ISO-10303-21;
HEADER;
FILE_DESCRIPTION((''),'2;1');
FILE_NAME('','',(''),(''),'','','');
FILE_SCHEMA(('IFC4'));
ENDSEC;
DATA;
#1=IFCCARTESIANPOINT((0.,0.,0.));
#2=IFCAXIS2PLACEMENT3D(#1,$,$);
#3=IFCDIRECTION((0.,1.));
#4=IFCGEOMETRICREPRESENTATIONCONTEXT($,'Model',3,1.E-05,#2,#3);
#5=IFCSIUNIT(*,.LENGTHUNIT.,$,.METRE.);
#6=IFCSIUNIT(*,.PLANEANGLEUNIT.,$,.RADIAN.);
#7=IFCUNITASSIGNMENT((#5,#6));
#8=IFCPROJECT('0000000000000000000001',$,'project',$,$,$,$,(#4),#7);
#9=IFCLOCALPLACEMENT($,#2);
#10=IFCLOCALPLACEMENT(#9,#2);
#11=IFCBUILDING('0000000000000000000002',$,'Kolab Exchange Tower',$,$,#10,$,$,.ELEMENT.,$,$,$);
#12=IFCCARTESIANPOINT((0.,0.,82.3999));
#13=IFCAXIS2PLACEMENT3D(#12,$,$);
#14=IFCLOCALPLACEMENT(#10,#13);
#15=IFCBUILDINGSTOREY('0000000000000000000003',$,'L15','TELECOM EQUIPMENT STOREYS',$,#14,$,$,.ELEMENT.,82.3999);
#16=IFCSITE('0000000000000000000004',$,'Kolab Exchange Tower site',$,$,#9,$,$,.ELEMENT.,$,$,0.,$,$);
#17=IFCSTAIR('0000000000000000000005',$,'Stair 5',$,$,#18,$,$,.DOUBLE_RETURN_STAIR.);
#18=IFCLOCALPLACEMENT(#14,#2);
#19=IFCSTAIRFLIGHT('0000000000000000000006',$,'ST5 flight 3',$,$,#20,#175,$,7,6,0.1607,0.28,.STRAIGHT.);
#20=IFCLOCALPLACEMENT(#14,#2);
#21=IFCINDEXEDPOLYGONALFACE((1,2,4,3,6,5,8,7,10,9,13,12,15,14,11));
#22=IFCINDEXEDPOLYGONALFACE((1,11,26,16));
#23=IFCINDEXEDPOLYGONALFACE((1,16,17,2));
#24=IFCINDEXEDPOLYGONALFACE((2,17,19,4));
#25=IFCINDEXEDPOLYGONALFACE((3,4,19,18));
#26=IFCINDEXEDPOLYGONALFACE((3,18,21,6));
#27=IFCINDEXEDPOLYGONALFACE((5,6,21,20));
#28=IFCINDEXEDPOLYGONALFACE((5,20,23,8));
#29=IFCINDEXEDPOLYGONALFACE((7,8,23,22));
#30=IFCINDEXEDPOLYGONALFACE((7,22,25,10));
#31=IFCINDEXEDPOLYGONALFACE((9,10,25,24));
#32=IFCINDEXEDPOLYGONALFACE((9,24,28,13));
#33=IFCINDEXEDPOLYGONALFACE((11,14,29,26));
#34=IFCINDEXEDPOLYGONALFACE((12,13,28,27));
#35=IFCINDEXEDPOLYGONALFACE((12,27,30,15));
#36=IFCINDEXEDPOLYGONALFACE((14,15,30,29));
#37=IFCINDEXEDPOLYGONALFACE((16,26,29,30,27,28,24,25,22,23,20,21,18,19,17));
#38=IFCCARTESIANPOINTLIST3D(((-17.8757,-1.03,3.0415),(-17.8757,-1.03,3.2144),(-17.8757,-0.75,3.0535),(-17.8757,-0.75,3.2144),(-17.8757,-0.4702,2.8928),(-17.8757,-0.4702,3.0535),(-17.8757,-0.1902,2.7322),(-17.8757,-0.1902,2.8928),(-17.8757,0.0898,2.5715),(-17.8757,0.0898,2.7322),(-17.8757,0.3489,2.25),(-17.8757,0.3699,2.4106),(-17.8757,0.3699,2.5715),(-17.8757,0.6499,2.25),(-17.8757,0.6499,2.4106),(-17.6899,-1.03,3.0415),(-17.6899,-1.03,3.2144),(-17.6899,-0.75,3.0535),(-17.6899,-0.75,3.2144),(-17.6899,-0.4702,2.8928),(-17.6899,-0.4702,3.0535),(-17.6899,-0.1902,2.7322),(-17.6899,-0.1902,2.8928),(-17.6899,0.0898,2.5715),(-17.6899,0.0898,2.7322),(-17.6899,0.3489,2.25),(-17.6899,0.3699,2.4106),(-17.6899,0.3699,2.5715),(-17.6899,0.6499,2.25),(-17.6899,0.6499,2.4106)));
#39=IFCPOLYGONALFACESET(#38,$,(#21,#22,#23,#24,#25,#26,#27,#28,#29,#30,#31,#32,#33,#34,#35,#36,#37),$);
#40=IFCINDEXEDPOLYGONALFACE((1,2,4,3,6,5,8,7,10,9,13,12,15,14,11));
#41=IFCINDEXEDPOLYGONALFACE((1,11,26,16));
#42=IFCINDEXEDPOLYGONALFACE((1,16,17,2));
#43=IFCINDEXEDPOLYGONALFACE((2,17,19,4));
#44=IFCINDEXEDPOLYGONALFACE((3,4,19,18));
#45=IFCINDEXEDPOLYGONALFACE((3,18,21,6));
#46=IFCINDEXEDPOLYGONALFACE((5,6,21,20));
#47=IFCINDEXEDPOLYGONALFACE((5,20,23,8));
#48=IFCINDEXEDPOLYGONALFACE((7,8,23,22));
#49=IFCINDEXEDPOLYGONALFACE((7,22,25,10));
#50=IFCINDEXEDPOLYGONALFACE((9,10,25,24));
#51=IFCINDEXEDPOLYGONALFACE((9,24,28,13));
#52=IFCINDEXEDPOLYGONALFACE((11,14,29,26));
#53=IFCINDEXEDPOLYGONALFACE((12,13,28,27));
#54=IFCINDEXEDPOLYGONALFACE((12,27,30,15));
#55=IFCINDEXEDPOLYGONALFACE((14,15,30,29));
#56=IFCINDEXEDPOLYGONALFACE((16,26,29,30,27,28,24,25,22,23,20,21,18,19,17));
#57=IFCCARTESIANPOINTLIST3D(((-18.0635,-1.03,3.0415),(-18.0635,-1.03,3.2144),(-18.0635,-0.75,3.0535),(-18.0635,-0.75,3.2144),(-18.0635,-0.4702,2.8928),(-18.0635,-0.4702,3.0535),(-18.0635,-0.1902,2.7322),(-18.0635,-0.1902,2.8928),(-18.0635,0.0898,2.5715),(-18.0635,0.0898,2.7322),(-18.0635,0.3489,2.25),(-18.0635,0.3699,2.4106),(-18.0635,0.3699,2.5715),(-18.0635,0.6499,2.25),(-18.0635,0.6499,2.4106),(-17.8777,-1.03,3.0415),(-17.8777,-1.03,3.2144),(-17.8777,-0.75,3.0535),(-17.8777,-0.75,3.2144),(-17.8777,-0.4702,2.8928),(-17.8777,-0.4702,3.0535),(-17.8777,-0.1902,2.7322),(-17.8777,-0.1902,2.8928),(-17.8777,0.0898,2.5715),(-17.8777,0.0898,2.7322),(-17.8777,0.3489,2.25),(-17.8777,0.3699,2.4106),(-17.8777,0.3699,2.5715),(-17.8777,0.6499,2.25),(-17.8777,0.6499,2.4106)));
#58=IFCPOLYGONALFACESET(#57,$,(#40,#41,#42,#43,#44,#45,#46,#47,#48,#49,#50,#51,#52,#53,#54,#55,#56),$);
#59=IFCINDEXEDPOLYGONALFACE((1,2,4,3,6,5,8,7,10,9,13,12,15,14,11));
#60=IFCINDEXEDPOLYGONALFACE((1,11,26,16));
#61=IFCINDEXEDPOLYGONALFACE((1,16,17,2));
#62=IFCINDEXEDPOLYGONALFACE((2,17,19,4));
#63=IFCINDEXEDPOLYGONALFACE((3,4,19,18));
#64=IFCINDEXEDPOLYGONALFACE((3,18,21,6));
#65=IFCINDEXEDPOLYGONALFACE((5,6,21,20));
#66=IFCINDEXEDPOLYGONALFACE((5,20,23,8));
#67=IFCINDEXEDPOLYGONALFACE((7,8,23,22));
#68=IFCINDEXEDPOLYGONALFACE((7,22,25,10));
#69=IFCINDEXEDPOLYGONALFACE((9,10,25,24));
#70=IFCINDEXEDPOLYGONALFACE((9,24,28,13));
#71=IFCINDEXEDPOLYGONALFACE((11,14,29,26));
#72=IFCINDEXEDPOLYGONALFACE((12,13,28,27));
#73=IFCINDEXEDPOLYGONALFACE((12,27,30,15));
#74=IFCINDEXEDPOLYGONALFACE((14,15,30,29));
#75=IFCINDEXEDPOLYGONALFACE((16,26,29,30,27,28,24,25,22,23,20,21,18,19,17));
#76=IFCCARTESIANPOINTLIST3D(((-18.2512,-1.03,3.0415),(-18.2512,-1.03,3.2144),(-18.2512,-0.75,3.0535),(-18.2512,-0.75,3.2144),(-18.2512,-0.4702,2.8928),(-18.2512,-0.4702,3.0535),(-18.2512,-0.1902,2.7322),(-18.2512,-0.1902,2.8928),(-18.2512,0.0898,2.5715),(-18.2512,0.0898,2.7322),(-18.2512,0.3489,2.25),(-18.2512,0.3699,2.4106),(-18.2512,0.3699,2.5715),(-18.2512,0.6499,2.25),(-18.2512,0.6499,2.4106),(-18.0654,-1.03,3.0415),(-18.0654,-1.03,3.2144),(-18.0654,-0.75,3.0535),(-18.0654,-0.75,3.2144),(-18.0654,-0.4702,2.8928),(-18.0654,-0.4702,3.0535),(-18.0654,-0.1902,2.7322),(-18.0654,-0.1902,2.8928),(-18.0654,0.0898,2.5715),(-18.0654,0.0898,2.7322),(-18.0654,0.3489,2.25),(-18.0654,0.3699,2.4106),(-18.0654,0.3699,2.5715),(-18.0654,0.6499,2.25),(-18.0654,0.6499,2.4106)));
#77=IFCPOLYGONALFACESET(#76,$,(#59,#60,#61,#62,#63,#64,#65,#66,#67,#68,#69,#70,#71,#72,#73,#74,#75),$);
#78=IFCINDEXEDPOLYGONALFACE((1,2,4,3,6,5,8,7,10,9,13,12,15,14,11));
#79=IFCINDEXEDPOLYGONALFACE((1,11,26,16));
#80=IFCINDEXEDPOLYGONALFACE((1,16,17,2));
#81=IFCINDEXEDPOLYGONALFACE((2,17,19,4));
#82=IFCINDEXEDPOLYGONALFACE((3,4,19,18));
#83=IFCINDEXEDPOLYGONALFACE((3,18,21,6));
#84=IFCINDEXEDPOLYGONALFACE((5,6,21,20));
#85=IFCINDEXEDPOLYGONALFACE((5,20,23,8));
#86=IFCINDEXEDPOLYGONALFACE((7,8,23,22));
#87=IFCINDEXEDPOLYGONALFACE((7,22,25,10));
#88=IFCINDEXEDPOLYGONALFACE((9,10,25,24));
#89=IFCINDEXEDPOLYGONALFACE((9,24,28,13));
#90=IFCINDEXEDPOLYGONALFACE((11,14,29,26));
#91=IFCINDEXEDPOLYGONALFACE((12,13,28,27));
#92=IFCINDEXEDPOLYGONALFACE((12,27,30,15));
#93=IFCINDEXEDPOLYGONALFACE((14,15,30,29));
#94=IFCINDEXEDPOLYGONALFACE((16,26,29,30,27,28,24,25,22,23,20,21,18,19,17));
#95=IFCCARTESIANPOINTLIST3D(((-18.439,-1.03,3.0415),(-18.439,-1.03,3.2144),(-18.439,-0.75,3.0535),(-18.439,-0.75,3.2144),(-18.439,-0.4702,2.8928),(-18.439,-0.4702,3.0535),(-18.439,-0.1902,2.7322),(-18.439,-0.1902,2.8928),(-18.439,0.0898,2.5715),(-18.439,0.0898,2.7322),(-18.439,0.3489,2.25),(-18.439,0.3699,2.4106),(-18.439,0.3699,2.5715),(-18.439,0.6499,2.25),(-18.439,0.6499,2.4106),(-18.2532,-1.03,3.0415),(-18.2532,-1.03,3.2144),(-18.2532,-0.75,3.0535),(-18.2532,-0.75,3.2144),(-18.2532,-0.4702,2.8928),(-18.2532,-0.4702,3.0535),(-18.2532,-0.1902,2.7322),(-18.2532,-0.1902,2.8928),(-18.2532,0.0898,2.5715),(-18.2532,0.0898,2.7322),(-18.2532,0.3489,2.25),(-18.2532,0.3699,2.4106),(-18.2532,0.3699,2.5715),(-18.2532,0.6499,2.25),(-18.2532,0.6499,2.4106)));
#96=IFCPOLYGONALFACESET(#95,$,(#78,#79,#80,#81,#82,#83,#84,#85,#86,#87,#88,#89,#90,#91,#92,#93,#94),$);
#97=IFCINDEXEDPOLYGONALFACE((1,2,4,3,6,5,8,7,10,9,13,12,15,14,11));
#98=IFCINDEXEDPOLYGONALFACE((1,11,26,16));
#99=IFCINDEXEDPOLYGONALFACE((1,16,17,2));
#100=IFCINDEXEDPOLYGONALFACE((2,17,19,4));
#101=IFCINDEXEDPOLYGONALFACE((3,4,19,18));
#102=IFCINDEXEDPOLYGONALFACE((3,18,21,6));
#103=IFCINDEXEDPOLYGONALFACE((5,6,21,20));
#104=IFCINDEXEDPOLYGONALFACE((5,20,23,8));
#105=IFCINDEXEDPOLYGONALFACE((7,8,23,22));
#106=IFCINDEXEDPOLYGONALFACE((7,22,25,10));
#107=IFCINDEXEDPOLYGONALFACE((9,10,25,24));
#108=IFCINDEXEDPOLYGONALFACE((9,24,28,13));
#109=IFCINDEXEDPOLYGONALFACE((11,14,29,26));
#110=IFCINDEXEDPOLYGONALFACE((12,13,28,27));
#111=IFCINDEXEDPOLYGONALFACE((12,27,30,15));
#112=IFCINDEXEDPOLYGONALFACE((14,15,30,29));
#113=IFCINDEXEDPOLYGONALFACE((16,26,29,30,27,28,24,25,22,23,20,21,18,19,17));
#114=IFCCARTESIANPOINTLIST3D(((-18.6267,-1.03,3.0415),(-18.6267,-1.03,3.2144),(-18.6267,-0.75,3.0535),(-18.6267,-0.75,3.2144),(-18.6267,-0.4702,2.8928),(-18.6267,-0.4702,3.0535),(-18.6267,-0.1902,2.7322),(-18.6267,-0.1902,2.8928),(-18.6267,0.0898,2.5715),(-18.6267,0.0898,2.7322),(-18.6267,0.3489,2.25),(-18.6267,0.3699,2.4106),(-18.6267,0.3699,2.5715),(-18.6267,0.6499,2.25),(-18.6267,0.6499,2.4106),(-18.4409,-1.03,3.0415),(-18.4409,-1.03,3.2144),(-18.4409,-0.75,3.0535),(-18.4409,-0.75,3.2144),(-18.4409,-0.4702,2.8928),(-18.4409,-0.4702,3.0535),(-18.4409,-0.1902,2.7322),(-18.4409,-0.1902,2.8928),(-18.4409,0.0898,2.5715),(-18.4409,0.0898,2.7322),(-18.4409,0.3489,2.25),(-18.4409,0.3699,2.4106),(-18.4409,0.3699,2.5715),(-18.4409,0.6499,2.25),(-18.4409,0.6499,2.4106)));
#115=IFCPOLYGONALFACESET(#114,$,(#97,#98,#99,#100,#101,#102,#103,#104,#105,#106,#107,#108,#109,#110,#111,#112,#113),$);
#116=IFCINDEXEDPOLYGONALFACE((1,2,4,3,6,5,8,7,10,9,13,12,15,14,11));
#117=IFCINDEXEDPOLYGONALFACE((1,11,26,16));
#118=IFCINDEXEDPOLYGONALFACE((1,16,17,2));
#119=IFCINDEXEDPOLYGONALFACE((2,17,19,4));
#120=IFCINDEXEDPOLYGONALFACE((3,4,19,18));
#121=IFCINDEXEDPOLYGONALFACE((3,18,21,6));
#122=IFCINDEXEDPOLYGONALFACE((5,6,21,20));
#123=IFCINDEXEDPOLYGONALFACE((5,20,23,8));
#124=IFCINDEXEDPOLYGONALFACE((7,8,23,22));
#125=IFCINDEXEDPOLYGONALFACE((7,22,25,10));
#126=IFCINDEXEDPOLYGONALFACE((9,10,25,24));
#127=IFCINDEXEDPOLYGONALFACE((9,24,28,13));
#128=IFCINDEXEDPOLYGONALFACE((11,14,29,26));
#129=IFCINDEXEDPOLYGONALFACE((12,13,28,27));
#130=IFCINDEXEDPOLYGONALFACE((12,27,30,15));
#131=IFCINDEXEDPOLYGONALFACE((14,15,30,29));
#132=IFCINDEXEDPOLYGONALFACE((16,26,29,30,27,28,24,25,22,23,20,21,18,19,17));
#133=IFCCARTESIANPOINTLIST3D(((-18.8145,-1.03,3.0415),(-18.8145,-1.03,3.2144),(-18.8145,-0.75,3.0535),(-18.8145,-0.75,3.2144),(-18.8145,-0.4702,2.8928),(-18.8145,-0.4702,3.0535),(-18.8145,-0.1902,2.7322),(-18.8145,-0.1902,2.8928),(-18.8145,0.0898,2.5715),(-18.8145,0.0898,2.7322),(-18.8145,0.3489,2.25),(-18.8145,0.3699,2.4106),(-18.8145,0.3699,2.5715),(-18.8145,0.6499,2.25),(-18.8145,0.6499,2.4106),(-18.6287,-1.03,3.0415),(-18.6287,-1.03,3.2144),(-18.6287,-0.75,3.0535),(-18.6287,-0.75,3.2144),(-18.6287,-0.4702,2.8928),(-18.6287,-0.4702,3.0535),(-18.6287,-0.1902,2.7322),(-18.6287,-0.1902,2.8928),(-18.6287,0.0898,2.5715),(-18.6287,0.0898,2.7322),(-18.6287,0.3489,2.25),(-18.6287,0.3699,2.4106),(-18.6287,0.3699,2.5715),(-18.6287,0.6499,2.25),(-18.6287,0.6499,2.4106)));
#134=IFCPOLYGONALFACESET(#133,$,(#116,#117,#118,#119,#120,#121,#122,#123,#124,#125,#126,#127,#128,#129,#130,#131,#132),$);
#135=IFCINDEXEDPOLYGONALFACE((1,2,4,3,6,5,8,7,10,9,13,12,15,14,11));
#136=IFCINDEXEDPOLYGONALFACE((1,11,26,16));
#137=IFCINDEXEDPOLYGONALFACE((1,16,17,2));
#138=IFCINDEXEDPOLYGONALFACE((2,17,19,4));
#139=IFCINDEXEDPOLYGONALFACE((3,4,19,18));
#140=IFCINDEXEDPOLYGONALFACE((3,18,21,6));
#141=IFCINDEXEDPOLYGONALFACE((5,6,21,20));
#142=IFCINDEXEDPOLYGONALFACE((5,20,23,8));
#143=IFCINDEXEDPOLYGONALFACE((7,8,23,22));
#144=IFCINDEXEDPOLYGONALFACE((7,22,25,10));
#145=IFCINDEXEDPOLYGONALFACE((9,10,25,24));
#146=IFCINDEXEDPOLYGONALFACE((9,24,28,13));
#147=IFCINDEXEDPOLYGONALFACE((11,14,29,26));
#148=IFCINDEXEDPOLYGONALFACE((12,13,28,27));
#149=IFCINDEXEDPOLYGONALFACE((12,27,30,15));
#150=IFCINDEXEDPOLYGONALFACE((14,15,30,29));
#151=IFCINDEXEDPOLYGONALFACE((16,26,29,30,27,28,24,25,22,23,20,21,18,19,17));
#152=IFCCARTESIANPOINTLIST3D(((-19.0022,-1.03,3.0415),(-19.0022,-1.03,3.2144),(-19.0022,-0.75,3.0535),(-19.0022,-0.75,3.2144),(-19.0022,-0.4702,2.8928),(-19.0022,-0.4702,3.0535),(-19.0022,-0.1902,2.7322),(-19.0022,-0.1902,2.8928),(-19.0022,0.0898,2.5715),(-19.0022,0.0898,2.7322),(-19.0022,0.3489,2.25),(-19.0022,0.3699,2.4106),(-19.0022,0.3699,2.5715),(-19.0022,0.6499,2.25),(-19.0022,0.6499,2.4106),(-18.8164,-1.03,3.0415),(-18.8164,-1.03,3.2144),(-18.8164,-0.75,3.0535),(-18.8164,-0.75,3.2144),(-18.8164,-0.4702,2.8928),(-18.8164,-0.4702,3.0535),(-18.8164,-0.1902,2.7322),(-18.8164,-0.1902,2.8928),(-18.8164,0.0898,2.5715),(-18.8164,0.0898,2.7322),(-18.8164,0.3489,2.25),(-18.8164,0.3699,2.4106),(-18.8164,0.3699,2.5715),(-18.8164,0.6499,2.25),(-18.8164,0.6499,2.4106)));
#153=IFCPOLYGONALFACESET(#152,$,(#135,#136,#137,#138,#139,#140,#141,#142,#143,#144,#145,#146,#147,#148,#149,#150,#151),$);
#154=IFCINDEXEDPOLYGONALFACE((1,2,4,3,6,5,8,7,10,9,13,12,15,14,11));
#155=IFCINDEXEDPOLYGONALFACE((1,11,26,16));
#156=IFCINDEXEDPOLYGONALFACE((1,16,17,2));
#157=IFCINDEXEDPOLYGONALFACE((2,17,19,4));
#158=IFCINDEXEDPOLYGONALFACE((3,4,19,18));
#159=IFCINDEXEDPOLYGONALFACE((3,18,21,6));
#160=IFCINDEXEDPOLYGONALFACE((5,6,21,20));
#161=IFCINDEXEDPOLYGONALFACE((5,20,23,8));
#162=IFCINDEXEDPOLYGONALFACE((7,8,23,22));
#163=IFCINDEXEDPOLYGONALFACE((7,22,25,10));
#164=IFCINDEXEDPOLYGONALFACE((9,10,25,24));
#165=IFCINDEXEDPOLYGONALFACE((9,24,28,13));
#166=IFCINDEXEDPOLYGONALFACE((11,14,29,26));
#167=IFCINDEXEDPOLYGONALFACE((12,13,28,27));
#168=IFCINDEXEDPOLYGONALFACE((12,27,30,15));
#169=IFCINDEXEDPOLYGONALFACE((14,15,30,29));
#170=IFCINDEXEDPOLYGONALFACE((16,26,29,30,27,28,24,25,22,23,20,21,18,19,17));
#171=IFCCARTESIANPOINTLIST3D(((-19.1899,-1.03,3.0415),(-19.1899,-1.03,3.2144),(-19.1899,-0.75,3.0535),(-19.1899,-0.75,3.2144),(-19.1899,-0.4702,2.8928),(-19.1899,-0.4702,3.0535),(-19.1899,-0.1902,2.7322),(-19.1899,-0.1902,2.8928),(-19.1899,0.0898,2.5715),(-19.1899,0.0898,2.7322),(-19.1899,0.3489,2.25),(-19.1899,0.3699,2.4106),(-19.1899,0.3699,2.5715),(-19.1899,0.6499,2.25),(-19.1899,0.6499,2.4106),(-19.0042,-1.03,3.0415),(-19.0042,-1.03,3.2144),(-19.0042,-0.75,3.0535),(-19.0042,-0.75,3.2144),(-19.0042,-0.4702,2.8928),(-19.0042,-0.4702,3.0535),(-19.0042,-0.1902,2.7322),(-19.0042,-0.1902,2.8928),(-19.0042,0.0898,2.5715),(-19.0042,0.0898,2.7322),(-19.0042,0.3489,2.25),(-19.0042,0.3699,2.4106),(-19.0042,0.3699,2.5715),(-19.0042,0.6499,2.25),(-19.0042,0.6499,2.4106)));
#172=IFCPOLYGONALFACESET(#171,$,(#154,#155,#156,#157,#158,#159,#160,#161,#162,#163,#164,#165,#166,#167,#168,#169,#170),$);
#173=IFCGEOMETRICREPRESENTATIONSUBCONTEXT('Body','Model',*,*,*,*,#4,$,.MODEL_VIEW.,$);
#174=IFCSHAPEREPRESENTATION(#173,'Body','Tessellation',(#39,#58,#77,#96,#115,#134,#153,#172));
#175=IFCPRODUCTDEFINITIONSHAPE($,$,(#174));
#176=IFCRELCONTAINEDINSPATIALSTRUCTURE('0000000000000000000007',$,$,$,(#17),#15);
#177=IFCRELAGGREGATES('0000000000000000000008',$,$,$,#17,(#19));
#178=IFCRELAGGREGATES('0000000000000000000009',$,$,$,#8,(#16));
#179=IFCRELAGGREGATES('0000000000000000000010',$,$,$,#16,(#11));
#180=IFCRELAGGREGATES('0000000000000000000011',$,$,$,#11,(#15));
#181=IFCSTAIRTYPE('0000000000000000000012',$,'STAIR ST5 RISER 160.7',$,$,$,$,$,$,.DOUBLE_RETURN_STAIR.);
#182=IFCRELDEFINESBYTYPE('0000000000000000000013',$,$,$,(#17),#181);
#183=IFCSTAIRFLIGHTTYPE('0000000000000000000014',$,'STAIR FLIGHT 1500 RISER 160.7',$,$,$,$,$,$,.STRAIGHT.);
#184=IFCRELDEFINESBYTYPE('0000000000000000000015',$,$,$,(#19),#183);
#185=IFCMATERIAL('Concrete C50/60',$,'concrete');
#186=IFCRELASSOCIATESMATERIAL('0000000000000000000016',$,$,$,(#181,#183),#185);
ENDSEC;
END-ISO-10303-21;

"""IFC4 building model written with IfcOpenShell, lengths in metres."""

from ifc_helpers import new_model, si_unit, direction, frame, origin, place, context, subcontext, project, spatial, polyline, outline, extrude, material, type_object, element, aggregate, save


model = new_model("IFC4")

# Units and contexts
model_context = context("Model", 3, precision=1e-05, world=origin(), true_north=direction((0.0, 1.0)))
body_context = subcontext(model_context, "Body", "Model", "MODEL_VIEW")
ifc_project = project(units=[si_unit("LENGTHUNIT", "METRE"), si_unit("PLANEANGLEUNIT", "RADIAN")], contexts=[model_context])

# Site, building, storey
site_placement = place(None, origin())
site = spatial("IfcSite", under=ifc_project, at=site_placement, Name="Kolab Exchange Tower site", CompositionType="ELEMENT", RefElevation=0.0)
building_placement = place(site_placement, origin())
building = spatial("IfcBuilding", under=site, at=building_placement, Name="Kolab Exchange Tower", CompositionType="ELEMENT")
storey_placement = place(building_placement, frame((0.0, 0.0, 82.3999)))
storey = spatial("IfcBuildingStorey", under=building, at=storey_placement, Name="L15", Description="TELECOM EQUIPMENT STOREYS", CompositionType="ELEMENT", Elevation=82.3999)

# Shared definitions
ifc_material_1 = material(Name="Concrete C50/60", Category="concrete")

# Stair, stair flight
stair_type = type_object("IfcStairType", Name="STAIR ST5 RISER 160.7", PredefinedType="DOUBLE_RETURN_STAIR", material=ifc_material_1)
stair_placement = place(storey_placement, origin())
stair = element("IfcStair", 1, at=stair_placement, inside=storey, type_object=stair_type, Name="Stair 5", PredefinedType="DOUBLE_RETURN_STAIR")
stair_flight_type = type_object("IfcStairFlightType", Name="STAIR FLIGHT 1500 RISER 160.7", PredefinedType="STRAIGHT", material=ifc_material_1)
stair_flight_1_placement = place(storey_placement, frame((-18.4399, 0.6499, 2.25), z_axis=(0.0, 0.0, 1.0), x_axis=(0.0, -1.0, 0.0)))
stair_flight_1 = element("IfcStairFlight", 2, at=stair_flight_1_placement, type_object=stair_flight_type, Name="ST5 flight 3", NumberOfRisers=7, NumberOfTreads=6, PredefinedType="STRAIGHT", RiserHeight=0.1607, TreadLength=0.28, context=body_context, shape_type="SweptSolid", body=[
    extrude(outline(polyline([(0.0, 0.0), (0.0, 0.1606), (0.28, 0.1606), (0.28, 0.3215), (0.5601, 0.3215), (0.5601, 0.4822), (0.8401, 0.4822), (0.8401, 0.6428), (1.1201, 0.6428), (1.1201, 0.8035), (1.3999, 0.8035), (1.3999, 0.9644), (1.6799, 0.9644), (1.6799, 1.125), (1.6799, 0.7915), (0.301, 0.0), (0.0, 0.0)])), frame((0.0, 0.75, 0.0), z_axis=(0.0, -1.0, 0.0), x_axis=(1.0, 0.0, 0.0)), (0.0, 0.0, 1.0), 0.1858),
    extrude(outline(polyline([(0.0, 0.0), (0.0, 0.1606), (0.28, 0.1606), (0.28, 0.3215), (0.5601, 0.3215), (0.5601, 0.4822), (0.8401, 0.4822), (0.8401, 0.6428), (1.1201, 0.6428), (1.1201, 0.8035), (1.3999, 0.8035), (1.3999, 0.9644), (1.6799, 0.9644), (1.6799, 1.125), (1.6799, 0.7915), (0.301, 0.0), (0.0, 0.0)])), frame((0.0, 0.5623, 0.0), z_axis=(0.0, -1.0, 0.0), x_axis=(1.0, 0.0, 0.0)), (0.0, 0.0, 1.0), 0.1858),
    extrude(outline(polyline([(0.0, 0.0), (0.0, 0.1606), (0.28, 0.1606), (0.28, 0.3215), (0.5601, 0.3215), (0.5601, 0.4822), (0.8401, 0.4822), (0.8401, 0.6428), (1.1201, 0.6428), (1.1201, 0.8035), (1.3999, 0.8035), (1.3999, 0.9644), (1.6799, 0.9644), (1.6799, 1.125), (1.6799, 0.7915), (0.301, 0.0), (0.0, 0.0)])), frame((0.0, 0.3745, 0.0), z_axis=(0.0, -1.0, 0.0), x_axis=(1.0, 0.0, 0.0)), (0.0, 0.0, 1.0), 0.1858),
    extrude(outline(polyline([(0.0, 0.0), (0.0, 0.1606), (0.28, 0.1606), (0.28, 0.3215), (0.5601, 0.3215), (0.5601, 0.4822), (0.8401, 0.4822), (0.8401, 0.6428), (1.1201, 0.6428), (1.1201, 0.8035), (1.3999, 0.8035), (1.3999, 0.9644), (1.6799, 0.9644), (1.6799, 1.125), (1.6799, 0.7915), (0.301, 0.0), (0.0, 0.0)])), frame((0.0, 0.1868, 0.0), z_axis=(0.0, -1.0, 0.0), x_axis=(1.0, 0.0, 0.0)), (0.0, 0.0, 1.0), 0.1858),
    extrude(outline(polyline([(0.0, 0.0), (0.0, 0.1606), (0.28, 0.1606), (0.28, 0.3215), (0.5601, 0.3215), (0.5601, 0.4822), (0.8401, 0.4822), (0.8401, 0.6428), (1.1201, 0.6428), (1.1201, 0.8035), (1.3999, 0.8035), (1.3999, 0.9644), (1.6799, 0.9644), (1.6799, 1.125), (1.6799, 0.7915), (0.301, 0.0), (0.0, 0.0)])), frame((0.0, -0.001, 0.0), z_axis=(0.0, -1.0, 0.0), x_axis=(1.0, 0.0, 0.0)), (0.0, 0.0, 1.0), 0.1858),
    extrude(outline(polyline([(0.0, 0.0), (0.0, 0.1606), (0.28, 0.1606), (0.28, 0.3215), (0.5601, 0.3215), (0.5601, 0.4822), (0.8401, 0.4822), (0.8401, 0.6428), (1.1201, 0.6428), (1.1201, 0.8035), (1.3999, 0.8035), (1.3999, 0.9644), (1.6799, 0.9644), (1.6799, 1.125), (1.6799, 0.7915), (0.301, 0.0), (0.0, 0.0)])), frame((0.0, -0.1887, 0.0), z_axis=(0.0, -1.0, 0.0), x_axis=(1.0, 0.0, 0.0)), (0.0, 0.0, 1.0), 0.1858),
    extrude(outline(polyline([(0.0, 0.0), (0.0, 0.1606), (0.28, 0.1606), (0.28, 0.3215), (0.5601, 0.3215), (0.5601, 0.4822), (0.8401, 0.4822), (0.8401, 0.6428), (1.1201, 0.6428), (1.1201, 0.8035), (1.3999, 0.8035), (1.3999, 0.9644), (1.6799, 0.9644), (1.6799, 1.125), (1.6799, 0.7915), (0.301, 0.0), (0.0, 0.0)])), frame((0.0, -0.3765, 0.0), z_axis=(0.0, -1.0, 0.0), x_axis=(1.0, 0.0, 0.0)), (0.0, 0.0, 1.0), 0.1858),
    extrude(outline(polyline([(0.0, 0.0), (0.0, 0.1606), (0.28, 0.1606), (0.28, 0.3215), (0.5601, 0.3215), (0.5601, 0.4822), (0.8401, 0.4822), (0.8401, 0.6428), (1.1201, 0.6428), (1.1201, 0.8035), (1.3999, 0.8035), (1.3999, 0.9644), (1.6799, 0.9644), (1.6799, 1.125), (1.6799, 0.7915), (0.301, 0.0), (0.0, 0.0)])), frame((0.0, -0.5642, 0.0), z_axis=(0.0, -1.0, 0.0), x_axis=(1.0, 0.0, 0.0)), (0.0, 0.0, 1.0), 0.1858),
])
aggregate(stair, [stair_flight_1])

save(model, "model.ifc")
